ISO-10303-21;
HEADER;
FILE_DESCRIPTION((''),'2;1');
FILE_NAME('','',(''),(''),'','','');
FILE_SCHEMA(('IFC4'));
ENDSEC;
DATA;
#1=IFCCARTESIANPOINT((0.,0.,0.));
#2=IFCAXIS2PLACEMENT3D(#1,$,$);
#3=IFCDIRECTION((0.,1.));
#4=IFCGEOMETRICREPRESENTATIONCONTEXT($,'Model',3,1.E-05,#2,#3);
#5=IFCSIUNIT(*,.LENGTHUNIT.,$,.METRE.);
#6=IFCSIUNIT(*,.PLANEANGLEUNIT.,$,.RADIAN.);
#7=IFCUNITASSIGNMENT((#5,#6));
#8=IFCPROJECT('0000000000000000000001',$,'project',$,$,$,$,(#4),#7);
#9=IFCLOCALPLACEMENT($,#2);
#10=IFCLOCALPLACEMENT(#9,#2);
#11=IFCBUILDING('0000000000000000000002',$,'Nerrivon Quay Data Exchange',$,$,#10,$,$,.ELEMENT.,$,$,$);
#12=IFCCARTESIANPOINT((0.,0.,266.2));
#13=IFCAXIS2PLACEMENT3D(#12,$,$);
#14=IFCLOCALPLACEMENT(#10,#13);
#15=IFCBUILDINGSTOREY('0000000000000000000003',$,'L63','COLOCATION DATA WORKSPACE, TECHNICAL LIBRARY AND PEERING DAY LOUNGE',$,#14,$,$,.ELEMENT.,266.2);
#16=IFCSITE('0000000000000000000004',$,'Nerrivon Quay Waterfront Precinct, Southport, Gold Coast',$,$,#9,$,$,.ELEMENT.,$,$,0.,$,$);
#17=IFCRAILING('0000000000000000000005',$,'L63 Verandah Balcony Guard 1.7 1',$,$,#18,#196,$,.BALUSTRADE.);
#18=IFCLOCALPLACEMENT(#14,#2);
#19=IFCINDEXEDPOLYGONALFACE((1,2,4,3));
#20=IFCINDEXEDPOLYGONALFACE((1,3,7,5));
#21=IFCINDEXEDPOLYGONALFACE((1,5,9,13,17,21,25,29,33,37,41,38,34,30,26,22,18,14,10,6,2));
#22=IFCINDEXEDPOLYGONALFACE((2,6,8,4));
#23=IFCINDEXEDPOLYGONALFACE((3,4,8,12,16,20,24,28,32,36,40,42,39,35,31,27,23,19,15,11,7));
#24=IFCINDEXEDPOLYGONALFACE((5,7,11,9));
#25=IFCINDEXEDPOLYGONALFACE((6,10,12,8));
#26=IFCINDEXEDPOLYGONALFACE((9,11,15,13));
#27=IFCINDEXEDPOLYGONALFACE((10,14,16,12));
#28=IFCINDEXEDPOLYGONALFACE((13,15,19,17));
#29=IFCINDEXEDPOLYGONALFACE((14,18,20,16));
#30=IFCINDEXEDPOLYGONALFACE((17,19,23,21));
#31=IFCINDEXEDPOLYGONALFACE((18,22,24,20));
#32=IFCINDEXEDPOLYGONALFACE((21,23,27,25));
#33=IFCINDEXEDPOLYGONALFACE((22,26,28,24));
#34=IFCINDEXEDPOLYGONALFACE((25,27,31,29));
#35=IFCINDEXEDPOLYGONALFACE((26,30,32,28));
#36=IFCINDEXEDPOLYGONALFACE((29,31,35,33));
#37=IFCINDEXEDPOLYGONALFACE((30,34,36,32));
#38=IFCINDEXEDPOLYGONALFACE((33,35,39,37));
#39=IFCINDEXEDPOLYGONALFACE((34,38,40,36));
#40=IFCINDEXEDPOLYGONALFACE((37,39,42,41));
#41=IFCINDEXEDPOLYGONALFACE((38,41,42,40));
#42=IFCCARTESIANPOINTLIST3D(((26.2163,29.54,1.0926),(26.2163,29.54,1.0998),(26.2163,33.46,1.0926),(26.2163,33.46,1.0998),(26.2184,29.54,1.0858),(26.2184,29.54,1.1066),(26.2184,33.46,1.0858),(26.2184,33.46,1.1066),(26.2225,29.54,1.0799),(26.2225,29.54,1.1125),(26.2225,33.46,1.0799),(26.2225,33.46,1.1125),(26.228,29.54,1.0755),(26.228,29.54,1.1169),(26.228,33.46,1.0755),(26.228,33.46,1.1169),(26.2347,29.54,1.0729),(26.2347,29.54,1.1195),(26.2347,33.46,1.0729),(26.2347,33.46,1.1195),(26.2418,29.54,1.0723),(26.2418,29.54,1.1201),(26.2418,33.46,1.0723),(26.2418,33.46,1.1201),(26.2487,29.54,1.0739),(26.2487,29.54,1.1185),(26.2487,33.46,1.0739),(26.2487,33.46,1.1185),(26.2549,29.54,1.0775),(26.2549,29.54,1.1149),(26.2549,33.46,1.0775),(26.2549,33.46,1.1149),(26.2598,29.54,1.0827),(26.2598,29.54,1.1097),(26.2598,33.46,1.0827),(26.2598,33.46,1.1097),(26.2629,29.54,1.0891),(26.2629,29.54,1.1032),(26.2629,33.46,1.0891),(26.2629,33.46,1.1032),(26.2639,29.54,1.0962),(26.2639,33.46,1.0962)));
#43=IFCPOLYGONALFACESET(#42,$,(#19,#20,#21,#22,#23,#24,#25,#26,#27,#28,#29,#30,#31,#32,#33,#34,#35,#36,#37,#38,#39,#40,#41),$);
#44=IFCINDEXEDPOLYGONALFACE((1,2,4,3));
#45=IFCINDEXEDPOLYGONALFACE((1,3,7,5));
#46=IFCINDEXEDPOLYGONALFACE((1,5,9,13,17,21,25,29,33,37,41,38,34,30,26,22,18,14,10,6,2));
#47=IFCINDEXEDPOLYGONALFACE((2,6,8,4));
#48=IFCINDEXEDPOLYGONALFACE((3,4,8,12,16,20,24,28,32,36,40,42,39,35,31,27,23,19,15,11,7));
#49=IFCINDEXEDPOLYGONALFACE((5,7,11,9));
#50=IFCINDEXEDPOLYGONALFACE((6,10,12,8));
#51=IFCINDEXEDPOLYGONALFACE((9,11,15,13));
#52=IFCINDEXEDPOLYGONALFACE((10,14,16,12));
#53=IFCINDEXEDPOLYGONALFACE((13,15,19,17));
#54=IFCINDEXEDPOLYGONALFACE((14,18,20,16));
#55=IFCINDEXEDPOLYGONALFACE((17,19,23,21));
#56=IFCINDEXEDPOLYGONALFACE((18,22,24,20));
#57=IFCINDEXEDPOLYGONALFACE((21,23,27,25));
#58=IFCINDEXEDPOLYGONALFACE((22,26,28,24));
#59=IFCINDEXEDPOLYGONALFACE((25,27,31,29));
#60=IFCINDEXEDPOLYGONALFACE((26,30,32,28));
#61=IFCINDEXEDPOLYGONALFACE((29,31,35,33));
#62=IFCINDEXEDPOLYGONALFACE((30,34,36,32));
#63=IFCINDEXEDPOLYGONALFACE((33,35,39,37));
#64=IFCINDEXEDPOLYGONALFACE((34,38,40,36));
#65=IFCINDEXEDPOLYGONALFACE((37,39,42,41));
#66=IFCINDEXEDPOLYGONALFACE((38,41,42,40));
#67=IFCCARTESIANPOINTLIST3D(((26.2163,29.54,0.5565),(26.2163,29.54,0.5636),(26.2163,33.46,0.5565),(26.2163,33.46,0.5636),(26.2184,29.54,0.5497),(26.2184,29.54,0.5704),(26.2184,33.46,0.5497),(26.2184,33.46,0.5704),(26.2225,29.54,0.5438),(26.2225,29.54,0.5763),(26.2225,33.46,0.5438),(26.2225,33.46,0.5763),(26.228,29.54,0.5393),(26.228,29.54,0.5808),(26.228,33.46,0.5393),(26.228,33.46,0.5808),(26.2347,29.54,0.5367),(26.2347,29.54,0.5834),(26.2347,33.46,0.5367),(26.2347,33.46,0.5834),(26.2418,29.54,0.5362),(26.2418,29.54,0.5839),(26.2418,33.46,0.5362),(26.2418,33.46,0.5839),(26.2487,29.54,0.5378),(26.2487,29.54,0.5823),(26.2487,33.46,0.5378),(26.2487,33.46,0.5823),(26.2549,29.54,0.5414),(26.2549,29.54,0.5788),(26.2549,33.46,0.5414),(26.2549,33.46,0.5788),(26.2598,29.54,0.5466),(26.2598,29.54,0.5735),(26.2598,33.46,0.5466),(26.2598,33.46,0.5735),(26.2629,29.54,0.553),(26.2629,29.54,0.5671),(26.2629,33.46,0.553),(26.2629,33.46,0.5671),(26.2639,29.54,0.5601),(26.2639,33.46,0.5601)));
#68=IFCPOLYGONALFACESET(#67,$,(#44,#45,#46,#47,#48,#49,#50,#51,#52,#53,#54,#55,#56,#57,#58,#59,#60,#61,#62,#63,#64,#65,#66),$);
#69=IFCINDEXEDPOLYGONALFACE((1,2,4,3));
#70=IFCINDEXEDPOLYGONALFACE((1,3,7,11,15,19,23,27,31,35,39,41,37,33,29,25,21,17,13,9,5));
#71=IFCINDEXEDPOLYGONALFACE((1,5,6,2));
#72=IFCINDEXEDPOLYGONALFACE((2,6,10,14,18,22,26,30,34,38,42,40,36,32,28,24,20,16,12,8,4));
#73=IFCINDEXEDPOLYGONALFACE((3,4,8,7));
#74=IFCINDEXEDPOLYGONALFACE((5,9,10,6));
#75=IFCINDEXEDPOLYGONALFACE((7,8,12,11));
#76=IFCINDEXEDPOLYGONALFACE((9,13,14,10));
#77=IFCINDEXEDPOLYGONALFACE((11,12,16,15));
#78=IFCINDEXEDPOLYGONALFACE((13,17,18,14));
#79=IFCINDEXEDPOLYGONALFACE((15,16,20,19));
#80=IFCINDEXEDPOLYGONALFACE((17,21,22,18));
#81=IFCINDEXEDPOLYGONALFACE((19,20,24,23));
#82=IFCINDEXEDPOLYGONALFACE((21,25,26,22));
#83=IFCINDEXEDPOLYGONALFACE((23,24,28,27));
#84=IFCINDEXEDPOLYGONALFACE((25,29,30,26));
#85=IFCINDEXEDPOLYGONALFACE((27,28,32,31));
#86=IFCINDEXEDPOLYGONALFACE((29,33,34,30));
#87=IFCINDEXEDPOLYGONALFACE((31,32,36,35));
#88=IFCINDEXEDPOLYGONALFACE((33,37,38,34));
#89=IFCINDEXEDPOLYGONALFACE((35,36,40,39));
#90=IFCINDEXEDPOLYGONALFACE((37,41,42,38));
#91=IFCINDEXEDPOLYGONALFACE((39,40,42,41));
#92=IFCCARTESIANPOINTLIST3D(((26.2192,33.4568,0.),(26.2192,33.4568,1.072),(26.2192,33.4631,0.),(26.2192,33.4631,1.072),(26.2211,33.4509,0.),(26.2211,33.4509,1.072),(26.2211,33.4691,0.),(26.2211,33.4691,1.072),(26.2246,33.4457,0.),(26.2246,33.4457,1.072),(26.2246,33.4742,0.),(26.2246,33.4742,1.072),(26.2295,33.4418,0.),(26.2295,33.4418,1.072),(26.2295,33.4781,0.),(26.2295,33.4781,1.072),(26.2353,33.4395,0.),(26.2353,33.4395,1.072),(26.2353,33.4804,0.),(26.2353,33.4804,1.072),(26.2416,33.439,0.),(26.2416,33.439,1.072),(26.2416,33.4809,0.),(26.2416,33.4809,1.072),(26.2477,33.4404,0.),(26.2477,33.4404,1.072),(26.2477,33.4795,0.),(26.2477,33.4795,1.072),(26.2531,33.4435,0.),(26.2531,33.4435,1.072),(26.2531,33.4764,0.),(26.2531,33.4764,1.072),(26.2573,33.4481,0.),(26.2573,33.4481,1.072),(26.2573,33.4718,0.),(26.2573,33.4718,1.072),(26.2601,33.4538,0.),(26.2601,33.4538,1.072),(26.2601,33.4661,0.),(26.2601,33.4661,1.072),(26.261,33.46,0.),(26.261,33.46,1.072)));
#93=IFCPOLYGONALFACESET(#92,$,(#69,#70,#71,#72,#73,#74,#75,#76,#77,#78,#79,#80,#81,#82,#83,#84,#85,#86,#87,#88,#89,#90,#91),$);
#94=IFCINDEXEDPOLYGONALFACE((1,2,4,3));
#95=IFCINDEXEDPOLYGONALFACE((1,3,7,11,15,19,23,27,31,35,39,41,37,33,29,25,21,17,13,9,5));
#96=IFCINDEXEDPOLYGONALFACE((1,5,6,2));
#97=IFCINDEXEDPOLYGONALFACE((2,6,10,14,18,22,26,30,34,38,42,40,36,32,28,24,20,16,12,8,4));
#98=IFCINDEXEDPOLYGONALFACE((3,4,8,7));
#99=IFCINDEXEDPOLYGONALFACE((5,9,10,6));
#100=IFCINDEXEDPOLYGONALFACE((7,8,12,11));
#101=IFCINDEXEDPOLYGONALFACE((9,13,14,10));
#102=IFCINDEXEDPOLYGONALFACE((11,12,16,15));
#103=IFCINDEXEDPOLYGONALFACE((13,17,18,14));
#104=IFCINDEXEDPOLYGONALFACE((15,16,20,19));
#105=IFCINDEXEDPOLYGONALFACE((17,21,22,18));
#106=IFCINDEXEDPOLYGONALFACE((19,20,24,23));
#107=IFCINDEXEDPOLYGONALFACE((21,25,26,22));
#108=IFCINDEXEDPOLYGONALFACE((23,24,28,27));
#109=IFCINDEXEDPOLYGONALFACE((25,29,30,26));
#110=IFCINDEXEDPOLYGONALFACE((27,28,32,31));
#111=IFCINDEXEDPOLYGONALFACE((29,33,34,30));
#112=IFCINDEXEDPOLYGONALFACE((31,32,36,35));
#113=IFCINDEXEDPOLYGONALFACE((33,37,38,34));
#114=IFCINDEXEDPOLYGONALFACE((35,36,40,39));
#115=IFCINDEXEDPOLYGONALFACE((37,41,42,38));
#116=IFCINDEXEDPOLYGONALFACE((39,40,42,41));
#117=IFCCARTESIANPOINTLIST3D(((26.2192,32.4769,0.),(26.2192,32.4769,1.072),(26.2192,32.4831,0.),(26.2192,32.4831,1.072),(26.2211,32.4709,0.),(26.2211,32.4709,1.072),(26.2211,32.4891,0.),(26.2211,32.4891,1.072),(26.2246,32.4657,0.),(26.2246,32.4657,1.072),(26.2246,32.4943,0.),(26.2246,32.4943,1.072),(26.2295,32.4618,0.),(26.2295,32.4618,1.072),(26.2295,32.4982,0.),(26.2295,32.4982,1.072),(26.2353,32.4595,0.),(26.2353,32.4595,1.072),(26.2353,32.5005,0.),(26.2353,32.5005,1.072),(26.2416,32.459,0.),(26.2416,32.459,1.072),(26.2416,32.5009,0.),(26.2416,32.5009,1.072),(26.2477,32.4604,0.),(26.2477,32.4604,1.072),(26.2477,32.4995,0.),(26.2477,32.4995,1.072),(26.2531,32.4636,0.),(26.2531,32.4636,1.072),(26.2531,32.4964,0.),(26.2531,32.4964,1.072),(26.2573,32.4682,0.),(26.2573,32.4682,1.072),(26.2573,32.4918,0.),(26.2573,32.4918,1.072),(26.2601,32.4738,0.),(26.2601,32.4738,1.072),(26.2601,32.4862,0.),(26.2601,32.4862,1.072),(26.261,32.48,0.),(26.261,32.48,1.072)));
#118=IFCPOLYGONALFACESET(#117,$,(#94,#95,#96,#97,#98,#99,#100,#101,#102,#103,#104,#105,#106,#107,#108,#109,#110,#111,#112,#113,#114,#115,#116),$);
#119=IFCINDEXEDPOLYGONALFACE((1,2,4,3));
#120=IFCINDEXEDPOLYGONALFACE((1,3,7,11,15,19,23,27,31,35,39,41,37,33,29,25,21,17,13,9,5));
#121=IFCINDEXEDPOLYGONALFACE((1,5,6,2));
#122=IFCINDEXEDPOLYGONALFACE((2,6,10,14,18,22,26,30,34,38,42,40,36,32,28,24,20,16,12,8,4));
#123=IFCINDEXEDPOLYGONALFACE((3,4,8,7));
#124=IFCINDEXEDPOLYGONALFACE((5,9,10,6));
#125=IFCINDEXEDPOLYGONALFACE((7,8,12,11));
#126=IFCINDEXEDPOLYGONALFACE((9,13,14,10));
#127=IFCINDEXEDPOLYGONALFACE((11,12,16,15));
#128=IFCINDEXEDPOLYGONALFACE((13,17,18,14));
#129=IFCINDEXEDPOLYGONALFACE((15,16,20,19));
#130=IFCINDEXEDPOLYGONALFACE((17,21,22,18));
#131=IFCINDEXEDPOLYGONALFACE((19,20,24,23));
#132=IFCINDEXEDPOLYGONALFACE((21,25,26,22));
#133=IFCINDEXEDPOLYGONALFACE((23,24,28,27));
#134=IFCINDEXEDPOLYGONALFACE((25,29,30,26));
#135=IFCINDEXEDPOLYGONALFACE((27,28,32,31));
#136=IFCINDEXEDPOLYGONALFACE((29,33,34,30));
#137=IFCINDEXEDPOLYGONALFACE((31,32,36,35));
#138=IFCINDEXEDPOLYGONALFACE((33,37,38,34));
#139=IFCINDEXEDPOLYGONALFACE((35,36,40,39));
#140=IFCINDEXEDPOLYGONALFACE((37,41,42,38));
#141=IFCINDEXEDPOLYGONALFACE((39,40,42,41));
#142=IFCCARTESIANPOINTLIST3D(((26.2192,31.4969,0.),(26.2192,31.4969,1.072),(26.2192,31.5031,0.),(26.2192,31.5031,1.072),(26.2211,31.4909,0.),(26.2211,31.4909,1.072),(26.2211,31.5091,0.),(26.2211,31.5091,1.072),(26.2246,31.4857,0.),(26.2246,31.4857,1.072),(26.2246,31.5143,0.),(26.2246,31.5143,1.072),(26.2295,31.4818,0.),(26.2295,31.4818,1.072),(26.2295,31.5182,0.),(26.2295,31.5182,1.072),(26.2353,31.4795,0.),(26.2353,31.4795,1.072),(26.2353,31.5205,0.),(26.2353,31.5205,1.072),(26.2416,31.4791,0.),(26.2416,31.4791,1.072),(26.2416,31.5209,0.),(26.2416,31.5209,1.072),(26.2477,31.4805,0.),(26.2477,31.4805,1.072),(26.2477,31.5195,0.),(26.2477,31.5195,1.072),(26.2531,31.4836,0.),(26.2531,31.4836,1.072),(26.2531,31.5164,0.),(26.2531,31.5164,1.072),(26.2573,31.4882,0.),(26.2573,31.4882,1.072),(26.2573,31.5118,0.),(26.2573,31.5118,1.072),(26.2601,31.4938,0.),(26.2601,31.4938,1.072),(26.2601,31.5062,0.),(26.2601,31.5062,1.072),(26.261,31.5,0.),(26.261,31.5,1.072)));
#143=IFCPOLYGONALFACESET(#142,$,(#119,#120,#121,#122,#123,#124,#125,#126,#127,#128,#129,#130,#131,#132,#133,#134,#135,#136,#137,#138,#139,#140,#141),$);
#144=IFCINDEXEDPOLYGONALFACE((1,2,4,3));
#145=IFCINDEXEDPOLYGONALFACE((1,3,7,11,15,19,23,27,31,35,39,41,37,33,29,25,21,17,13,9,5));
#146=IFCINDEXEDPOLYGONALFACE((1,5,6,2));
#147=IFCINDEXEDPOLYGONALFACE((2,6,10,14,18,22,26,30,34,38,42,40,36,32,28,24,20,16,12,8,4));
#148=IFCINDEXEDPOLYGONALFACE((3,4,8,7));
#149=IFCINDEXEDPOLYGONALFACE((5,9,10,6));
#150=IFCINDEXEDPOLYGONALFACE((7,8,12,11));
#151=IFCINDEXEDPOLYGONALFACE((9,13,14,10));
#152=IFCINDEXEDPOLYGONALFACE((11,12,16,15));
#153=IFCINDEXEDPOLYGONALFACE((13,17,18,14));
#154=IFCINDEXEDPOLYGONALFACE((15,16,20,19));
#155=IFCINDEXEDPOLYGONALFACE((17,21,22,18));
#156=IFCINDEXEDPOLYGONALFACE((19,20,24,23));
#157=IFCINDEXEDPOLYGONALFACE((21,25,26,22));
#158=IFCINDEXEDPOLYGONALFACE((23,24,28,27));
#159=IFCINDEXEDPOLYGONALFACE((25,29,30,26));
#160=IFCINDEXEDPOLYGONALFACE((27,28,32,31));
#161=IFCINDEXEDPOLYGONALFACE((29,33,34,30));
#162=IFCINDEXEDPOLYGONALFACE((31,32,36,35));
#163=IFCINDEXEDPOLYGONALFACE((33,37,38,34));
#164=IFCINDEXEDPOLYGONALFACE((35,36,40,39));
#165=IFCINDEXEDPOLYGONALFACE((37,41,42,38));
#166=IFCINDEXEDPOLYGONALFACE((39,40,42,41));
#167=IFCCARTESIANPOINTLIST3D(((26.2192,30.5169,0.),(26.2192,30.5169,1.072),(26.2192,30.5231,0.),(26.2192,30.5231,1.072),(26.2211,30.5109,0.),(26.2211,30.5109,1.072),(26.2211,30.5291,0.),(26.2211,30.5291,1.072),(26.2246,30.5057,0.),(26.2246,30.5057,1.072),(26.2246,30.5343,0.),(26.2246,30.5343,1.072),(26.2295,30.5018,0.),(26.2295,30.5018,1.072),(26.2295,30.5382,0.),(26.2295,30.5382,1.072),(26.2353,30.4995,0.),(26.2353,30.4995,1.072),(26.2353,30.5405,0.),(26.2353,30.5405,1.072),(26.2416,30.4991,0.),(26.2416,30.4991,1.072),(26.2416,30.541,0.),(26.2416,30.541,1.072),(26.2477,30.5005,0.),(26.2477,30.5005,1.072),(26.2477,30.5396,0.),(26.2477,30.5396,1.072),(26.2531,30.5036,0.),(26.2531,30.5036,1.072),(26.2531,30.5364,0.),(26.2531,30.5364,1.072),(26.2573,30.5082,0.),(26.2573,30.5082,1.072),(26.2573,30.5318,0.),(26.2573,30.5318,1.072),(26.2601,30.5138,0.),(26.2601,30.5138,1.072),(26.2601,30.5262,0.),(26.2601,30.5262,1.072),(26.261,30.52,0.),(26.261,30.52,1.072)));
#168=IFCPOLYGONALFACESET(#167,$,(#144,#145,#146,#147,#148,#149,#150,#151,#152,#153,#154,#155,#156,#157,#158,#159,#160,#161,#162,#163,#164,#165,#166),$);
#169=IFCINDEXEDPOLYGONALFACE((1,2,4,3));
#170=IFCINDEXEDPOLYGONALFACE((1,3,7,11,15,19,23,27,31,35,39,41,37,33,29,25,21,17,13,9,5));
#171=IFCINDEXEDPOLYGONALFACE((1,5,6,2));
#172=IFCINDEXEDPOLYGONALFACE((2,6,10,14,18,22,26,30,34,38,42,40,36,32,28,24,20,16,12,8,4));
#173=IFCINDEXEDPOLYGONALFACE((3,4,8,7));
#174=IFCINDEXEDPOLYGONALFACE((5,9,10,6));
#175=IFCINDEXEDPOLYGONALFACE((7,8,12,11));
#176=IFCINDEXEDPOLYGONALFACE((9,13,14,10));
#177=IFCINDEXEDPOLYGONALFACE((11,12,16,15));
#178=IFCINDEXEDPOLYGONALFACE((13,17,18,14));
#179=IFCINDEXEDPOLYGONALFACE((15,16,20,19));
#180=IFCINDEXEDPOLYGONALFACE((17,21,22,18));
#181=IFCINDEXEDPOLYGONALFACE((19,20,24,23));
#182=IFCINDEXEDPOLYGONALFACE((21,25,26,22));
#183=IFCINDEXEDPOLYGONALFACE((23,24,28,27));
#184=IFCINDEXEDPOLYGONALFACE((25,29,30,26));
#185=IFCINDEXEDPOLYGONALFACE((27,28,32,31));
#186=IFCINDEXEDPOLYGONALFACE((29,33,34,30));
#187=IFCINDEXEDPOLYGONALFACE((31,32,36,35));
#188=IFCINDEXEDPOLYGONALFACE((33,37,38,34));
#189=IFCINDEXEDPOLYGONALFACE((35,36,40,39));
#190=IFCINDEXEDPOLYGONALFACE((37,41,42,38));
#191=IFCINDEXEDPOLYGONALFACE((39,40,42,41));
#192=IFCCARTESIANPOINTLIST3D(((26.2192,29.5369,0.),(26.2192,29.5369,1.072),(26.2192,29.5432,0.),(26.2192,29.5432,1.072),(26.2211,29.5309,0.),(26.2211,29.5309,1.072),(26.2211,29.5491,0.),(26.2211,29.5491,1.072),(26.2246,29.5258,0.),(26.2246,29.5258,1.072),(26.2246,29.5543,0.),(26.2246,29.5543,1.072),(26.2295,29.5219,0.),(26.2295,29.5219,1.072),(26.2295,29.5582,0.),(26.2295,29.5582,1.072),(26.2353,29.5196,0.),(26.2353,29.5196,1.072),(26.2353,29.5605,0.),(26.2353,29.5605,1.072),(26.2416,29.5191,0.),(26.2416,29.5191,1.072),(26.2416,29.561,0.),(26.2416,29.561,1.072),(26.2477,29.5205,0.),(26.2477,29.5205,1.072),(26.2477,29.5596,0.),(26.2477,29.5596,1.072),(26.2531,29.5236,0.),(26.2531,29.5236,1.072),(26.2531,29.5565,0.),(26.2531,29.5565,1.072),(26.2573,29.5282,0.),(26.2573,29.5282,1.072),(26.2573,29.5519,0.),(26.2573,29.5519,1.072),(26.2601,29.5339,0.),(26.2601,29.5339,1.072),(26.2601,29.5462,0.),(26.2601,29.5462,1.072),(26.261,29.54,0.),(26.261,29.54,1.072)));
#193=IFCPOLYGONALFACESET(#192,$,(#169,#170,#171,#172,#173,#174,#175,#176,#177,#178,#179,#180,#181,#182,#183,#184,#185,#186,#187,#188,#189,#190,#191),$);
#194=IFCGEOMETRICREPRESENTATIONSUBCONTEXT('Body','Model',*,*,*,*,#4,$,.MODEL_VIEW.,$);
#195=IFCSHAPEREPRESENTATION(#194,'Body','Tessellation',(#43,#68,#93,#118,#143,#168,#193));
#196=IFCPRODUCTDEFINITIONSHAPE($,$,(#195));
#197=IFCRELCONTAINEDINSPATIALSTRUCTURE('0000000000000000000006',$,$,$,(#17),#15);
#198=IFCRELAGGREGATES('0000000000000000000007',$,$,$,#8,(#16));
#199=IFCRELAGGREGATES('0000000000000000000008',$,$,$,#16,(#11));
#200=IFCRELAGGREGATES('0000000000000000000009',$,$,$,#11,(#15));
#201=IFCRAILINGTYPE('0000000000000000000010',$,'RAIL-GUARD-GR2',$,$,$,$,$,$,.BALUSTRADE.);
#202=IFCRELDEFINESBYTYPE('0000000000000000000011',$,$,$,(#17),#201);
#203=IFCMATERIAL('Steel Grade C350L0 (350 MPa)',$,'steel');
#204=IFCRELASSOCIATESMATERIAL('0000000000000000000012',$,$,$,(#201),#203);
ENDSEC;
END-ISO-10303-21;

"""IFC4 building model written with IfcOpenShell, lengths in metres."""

from ifc_helpers import new_model, si_unit, direction, frame, origin, origin_2d, place, context, subcontext, project, spatial, circle, extrude, material, type_object, element, save


model = new_model("IFC4")

# Units and contexts
model_context = context("Model", 3, precision=1e-05, world=origin(), true_north=direction((0.0, 1.0)))
body_context = subcontext(model_context, "Body", "Model", "MODEL_VIEW")
ifc_project = project(units=[si_unit("LENGTHUNIT", "METRE"), si_unit("PLANEANGLEUNIT", "RADIAN")], contexts=[model_context])

# Site, building, storey
site_placement = place(None, origin())
site = spatial("IfcSite", under=ifc_project, at=site_placement, Name="Nerrivon Quay Waterfront Precinct, Southport, Gold Coast", CompositionType="ELEMENT", RefElevation=0.0)
building_placement = place(site_placement, origin())
building = spatial("IfcBuilding", under=site, at=building_placement, Name="Nerrivon Quay Data Exchange", CompositionType="ELEMENT")
storey_placement = place(building_placement, frame((0.0, 0.0, 266.2)))
storey = spatial("IfcBuildingStorey", under=building, at=storey_placement, Name="L63", Description="COLOCATION DATA WORKSPACE, TECHNICAL LIBRARY AND PEERING DAY LOUNGE", CompositionType="ELEMENT", Elevation=266.2)

# Shared definitions
ifc_material_1 = material(Name="Steel Grade C350L0 (350 MPa)", Category="steel")

# Railing
railing_type = type_object("IfcRailingType", Name="RAIL-GUARD-GR2", PredefinedType="BALUSTRADE", material=ifc_material_1)
railing_1_placement = place(storey_placement, frame((26.24, 33.46, 0.0)))
element("IfcRailing", 1, at=railing_1_placement, inside=storey, type_object=railing_type, Name="L63 Verandah Balcony Guard 1.7 1", PredefinedType="BALUSTRADE", context=body_context, shape_type="SweptSolid", body=[
    extrude(circle(Radius=0.0239, at=origin_2d()), frame((0.0, 0.0, 1.0962), z_axis=(0.0, -1.0, 0.0), x_axis=(1.0, 0.0, 0.0)), (0.0, 0.0, 1.0), 3.9199),
    extrude(circle(Radius=0.0239, at=origin_2d()), frame((0.0, 0.0, 0.5601), z_axis=(0.0, -1.0, 0.0), x_axis=(1.0, 0.0, 0.0)), (0.0, 0.0, 1.0), 3.9199),
    extrude(circle(Radius=0.021, at=origin_2d()), origin(), (0.0, 0.0, 1.0), 1.072),
    extrude(circle(Radius=0.021, at=origin_2d()), frame((0.0, -0.98, 0.0)), (0.0, 0.0, 1.0), 1.072),
    extrude(circle(Radius=0.021, at=origin_2d()), frame((0.0, -1.96, 0.0)), (0.0, 0.0, 1.0), 1.072),
    extrude(circle(Radius=0.021, at=origin_2d()), frame((0.0, -2.9399, 0.0)), (0.0, 0.0, 1.0), 1.072),
    extrude(circle(Radius=0.021, at=origin_2d()), frame((0.0, -3.9199, 0.0)), (0.0, 0.0, 1.0), 1.072),
])

save(model, "model.ifc")
